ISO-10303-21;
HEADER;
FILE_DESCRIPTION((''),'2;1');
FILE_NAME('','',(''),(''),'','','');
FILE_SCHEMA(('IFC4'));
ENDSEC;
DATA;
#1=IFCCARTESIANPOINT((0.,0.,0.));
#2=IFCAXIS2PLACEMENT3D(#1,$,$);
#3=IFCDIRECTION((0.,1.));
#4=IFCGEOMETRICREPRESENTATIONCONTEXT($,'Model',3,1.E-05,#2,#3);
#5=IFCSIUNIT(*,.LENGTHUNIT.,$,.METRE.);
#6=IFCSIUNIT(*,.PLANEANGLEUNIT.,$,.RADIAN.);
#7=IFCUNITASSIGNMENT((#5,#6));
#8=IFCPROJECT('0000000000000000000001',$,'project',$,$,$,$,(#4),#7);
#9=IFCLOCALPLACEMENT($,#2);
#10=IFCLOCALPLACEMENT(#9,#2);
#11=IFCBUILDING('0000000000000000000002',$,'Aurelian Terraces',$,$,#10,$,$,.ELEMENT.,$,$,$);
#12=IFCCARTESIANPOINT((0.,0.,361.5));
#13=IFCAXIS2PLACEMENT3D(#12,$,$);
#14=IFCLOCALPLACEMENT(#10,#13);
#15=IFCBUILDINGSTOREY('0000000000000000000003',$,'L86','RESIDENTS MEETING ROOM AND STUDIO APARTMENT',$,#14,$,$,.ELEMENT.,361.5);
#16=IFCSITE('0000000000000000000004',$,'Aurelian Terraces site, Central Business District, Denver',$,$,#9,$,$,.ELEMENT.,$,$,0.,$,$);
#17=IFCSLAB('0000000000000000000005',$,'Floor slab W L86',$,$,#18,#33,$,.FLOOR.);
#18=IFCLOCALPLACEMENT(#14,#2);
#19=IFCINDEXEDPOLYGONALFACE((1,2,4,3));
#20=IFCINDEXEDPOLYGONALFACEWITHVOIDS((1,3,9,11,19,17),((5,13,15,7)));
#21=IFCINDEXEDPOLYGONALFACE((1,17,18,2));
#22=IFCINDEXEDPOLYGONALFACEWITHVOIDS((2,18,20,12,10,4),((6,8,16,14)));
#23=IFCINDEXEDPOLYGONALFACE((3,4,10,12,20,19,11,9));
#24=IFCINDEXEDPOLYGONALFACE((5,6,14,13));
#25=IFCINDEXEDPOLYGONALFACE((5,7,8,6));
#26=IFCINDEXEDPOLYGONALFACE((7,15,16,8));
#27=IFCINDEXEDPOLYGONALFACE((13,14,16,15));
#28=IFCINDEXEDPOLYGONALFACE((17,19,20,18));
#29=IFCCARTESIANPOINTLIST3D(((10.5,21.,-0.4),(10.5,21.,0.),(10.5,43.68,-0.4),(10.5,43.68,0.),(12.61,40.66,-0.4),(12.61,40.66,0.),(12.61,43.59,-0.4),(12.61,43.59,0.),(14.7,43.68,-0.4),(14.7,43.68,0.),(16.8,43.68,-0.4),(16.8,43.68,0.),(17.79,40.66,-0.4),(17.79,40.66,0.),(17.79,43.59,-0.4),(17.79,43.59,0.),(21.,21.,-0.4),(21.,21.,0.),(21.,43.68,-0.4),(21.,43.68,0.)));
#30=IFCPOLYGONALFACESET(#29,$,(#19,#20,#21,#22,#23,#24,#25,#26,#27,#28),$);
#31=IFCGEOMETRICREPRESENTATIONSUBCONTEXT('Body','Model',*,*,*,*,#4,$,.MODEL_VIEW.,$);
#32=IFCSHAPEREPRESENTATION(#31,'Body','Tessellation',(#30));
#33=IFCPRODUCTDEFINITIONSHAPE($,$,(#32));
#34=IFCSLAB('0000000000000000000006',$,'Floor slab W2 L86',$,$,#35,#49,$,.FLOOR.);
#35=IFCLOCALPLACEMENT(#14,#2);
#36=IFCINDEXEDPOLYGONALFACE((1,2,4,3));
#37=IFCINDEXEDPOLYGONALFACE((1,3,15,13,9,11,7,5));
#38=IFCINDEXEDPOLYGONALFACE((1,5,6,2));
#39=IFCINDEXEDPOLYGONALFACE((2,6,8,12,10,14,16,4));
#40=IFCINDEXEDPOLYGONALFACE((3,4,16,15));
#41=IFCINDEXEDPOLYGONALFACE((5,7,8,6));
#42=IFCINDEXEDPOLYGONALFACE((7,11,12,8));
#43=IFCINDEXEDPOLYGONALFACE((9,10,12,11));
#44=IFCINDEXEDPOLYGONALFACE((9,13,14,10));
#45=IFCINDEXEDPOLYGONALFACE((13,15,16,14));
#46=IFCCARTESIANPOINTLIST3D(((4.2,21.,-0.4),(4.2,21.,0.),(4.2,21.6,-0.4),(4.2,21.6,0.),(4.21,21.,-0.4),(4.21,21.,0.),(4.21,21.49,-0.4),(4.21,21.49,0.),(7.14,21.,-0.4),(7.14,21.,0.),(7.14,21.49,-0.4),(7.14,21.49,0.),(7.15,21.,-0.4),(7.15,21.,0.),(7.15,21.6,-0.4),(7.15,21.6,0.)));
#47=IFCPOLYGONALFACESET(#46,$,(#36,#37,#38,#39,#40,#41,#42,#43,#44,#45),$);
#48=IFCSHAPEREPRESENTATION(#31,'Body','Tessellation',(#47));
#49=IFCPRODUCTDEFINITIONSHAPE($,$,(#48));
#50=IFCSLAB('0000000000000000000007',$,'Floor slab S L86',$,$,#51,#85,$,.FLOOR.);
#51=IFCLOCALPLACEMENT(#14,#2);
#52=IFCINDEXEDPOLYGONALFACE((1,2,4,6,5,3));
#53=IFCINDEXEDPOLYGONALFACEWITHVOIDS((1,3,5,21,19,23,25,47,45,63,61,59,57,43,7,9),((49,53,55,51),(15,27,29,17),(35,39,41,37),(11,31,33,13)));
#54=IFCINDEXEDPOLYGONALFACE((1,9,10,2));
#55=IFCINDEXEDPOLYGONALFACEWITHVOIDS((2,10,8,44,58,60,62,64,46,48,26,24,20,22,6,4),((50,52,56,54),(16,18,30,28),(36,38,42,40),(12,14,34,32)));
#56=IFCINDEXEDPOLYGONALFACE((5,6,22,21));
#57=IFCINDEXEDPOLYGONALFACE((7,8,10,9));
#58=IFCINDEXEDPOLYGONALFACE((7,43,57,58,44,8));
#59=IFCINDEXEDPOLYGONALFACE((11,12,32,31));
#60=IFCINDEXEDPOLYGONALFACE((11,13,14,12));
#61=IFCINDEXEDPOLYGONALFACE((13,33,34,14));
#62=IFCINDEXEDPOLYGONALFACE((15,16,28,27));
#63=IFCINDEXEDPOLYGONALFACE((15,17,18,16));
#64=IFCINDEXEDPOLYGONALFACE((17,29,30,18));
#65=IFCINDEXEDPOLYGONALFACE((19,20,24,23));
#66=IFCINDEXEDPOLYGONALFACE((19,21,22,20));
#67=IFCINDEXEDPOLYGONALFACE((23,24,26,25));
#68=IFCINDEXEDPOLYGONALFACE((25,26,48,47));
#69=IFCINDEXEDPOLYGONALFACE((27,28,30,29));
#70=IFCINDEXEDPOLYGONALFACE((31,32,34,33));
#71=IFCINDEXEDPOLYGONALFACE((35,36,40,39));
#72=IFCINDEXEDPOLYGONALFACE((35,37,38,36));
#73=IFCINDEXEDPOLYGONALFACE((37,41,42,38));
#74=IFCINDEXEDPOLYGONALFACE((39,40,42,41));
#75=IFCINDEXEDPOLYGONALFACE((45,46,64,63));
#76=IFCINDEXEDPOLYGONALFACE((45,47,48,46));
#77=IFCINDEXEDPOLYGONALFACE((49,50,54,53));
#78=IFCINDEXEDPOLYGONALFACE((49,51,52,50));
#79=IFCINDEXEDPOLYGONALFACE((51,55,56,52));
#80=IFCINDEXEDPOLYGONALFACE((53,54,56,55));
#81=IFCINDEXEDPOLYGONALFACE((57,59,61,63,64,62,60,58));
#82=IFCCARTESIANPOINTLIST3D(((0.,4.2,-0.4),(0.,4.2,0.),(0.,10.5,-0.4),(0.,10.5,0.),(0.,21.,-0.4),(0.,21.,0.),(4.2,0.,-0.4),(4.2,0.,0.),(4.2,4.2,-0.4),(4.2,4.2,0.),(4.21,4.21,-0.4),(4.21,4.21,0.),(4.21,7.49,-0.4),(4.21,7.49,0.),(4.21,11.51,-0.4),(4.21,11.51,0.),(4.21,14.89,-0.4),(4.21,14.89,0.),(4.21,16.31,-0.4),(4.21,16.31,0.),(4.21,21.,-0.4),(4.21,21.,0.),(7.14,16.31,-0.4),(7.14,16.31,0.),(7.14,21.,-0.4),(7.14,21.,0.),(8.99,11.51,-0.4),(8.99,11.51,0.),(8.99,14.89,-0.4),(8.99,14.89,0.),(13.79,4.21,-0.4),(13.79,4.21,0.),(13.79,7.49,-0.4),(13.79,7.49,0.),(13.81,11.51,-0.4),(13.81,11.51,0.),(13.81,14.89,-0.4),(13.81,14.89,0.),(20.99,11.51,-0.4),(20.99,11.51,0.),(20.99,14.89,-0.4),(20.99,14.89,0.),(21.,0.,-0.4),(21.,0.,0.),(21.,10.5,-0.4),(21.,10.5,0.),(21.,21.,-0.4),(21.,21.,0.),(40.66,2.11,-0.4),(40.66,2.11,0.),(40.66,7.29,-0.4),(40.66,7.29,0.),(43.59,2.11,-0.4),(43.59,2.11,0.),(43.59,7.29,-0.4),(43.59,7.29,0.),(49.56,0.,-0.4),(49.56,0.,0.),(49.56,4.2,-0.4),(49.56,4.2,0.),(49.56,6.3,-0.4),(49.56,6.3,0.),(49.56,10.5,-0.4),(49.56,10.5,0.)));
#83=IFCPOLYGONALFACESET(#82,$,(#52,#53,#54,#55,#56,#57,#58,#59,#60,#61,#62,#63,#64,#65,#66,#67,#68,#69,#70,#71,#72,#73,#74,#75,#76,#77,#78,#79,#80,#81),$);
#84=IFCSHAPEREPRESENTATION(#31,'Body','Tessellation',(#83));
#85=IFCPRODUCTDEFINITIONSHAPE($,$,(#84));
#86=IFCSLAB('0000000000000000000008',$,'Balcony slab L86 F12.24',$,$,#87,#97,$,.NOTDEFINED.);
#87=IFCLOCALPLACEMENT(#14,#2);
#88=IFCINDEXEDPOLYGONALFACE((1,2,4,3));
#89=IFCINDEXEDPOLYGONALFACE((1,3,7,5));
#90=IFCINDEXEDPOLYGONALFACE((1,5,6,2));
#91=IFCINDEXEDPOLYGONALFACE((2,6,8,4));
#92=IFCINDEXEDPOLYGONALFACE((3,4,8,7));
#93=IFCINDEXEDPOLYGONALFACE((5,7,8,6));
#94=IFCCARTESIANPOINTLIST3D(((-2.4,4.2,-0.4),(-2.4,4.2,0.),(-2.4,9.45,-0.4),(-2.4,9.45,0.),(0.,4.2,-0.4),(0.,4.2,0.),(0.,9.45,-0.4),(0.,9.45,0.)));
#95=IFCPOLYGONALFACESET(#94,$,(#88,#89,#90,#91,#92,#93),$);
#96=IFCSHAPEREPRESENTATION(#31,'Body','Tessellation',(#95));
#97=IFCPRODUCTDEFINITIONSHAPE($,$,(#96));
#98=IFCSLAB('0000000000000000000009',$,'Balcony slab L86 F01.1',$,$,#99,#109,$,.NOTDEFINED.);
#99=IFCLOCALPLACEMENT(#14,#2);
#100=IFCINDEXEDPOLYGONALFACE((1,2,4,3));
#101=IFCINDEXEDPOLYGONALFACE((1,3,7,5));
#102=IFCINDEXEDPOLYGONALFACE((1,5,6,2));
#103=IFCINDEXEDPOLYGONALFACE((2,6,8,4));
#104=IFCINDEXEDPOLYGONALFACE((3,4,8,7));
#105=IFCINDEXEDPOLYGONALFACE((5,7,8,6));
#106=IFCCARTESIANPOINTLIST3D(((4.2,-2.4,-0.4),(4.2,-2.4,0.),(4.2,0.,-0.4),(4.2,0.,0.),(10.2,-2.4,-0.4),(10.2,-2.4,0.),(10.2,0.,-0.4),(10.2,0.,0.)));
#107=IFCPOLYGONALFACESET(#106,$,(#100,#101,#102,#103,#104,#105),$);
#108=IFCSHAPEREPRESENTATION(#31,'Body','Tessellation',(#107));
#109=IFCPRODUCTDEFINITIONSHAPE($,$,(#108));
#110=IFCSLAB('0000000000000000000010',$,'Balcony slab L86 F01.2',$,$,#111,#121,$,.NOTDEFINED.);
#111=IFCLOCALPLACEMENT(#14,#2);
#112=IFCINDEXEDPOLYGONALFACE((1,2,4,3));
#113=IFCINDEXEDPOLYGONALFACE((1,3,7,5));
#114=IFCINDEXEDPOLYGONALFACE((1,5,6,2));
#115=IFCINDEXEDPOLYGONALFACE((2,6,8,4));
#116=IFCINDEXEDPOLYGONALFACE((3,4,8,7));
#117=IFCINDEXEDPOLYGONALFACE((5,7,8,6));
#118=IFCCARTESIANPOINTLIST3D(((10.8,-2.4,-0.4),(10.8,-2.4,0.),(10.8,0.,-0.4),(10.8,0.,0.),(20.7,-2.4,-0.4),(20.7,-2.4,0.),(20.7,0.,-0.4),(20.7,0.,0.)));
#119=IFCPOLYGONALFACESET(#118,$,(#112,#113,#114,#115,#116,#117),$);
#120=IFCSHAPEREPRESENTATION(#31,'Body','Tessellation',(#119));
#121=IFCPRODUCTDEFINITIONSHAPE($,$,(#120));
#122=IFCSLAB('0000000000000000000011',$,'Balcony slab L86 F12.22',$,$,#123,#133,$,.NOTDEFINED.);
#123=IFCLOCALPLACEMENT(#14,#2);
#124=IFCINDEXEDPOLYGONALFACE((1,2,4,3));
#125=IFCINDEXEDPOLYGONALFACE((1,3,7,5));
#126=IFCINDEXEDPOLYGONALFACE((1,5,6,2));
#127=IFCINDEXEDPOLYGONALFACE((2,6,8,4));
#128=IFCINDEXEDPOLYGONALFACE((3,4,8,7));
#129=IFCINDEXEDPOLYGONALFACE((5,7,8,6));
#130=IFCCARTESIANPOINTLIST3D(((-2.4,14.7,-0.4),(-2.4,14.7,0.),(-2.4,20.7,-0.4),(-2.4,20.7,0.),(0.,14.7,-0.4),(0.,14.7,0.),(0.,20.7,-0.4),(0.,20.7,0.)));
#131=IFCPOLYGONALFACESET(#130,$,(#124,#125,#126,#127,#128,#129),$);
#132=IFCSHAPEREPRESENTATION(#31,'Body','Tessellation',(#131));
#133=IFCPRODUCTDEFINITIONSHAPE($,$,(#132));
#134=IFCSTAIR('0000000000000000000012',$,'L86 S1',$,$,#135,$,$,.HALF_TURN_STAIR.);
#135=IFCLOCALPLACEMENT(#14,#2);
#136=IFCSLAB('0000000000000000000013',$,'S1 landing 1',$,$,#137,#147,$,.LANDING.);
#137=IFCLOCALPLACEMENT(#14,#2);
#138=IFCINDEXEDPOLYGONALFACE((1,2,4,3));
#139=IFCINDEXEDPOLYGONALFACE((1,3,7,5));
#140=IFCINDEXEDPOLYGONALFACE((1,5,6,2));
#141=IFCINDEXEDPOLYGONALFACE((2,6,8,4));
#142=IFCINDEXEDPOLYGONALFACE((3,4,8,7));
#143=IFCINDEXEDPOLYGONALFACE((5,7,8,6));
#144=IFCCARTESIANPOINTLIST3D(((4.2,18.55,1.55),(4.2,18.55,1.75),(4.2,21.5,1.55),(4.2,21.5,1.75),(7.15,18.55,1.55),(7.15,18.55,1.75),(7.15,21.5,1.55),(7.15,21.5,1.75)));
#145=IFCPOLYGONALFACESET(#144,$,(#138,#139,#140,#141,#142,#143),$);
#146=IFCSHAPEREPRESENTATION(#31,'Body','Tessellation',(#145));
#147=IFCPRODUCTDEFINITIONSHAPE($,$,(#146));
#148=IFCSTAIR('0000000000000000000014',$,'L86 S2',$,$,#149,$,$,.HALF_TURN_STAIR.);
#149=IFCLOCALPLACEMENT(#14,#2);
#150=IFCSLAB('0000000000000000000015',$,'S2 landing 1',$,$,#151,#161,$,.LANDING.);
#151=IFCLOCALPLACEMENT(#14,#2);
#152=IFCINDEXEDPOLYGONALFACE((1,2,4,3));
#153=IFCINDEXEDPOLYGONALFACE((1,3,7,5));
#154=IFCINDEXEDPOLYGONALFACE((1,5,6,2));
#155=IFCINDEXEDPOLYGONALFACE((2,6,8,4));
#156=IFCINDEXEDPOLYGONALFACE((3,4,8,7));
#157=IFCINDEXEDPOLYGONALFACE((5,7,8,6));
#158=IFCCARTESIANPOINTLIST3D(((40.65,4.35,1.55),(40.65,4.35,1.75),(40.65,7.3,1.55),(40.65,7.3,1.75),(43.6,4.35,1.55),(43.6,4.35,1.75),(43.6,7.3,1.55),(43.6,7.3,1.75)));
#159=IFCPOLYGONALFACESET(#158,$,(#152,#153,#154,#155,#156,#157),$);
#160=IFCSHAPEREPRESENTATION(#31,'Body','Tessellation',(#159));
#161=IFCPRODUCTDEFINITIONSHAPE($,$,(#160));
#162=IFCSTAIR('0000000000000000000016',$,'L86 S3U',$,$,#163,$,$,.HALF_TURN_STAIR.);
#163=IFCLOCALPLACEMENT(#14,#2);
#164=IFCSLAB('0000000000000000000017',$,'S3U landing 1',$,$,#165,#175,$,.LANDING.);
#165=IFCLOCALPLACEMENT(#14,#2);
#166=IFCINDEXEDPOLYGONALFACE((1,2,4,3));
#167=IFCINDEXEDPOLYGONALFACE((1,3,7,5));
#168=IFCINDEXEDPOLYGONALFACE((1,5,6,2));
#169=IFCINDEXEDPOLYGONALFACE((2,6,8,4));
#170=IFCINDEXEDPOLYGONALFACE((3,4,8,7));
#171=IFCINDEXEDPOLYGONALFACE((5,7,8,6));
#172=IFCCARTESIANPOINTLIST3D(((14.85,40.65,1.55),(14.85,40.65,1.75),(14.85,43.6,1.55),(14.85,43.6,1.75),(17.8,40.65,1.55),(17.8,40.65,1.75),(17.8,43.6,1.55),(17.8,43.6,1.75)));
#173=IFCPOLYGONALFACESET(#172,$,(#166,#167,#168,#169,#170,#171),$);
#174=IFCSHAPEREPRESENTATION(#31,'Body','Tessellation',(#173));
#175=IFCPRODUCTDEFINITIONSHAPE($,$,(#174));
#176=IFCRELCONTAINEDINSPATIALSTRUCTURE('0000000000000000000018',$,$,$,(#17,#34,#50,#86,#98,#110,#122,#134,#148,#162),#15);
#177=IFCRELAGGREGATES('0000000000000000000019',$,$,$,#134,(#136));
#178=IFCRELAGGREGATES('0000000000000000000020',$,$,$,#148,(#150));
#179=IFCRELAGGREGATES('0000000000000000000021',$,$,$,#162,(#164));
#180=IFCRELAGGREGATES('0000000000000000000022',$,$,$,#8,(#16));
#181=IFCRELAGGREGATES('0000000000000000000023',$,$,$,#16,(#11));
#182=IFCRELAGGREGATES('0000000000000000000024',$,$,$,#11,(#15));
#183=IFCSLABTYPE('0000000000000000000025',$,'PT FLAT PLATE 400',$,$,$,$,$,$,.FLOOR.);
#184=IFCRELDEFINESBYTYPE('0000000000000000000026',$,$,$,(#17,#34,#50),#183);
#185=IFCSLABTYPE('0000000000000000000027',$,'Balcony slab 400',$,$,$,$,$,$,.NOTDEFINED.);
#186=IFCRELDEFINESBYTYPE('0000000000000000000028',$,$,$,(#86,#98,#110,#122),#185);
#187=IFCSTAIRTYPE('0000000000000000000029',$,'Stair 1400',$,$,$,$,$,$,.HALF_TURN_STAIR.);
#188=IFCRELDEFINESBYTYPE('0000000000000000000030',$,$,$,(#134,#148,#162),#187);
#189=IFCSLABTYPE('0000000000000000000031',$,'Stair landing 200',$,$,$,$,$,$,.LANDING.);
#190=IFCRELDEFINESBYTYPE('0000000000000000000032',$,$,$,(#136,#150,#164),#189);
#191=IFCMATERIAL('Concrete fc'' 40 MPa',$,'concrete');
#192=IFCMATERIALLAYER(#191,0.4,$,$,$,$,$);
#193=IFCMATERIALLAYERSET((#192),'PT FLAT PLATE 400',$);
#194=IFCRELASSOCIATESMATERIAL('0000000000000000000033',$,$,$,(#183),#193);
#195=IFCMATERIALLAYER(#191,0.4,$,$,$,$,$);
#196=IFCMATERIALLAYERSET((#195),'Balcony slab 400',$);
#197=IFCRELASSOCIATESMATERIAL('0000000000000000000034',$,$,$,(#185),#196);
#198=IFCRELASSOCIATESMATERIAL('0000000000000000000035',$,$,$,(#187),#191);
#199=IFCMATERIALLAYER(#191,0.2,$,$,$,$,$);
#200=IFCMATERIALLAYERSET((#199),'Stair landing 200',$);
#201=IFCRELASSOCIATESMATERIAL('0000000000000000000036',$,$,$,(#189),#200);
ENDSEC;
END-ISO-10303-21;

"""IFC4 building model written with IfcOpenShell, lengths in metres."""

from ifc_helpers import new_model, si_unit, direction, frame, origin, place, context, subcontext, project, spatial, polyline, outline, extrude, source, transform, mapped, material, layer, layer_set, type_object, element, aggregate, save


model = new_model("IFC4")

# Units and contexts
model_context = context("Model", 3, precision=1e-05, world=origin(), true_north=direction((0.0, 1.0)))
body_context = subcontext(model_context, "Body", "Model", "MODEL_VIEW")
ifc_project = project(units=[si_unit("LENGTHUNIT", "METRE"), si_unit("PLANEANGLEUNIT", "RADIAN")], contexts=[model_context])

# Site, building, storey
site_placement = place(None, origin())
site = spatial("IfcSite", under=ifc_project, at=site_placement, Name="Aurelian Terraces site, Central Business District, Denver", CompositionType="ELEMENT", RefElevation=0.0)
building_placement = place(site_placement, origin())
building = spatial("IfcBuilding", under=site, at=building_placement, Name="Aurelian Terraces", CompositionType="ELEMENT")
storey_placement = place(building_placement, frame((0.0, 0.0, 361.5)))
storey = spatial("IfcBuildingStorey", under=building, at=storey_placement, Name="L86", Description="RESIDENTS MEETING ROOM AND STUDIO APARTMENT", CompositionType="ELEMENT", Elevation=361.5)

# Slabs
ifc_material_1 = material(Name="Concrete fc' 40 MPa", Category="concrete")
ifc_layer_1 = layer(ifc_material_1, 0.4)
ifc_layer_set_1 = layer_set([ifc_layer_1], Name="PT FLAT PLATE 400")
slab_type_1 = type_object("IfcSlabType", Name="PT FLAT PLATE 400", PredefinedType="FLOOR", material=ifc_layer_set_1)
shared_shape_1 = source(origin(), body_context, "Body", "SweptSolid", [
    extrude(outline(polyline([(10.5, 43.68), (14.7, 43.68), (16.8, 43.68), (21.0, 43.68), (21.0, 21.0), (10.5, 21.0), (10.5, 43.68)]), holes=[polyline([(17.79, 43.59), (12.61, 43.59), (12.61, 40.66), (17.79, 40.66), (17.79, 43.59)])]), origin(), (0.0, 0.0, 1.0), 0.4),
])
slab_1_placement = place(storey_placement, frame((0.0, 0.0, -0.4)))
element("IfcSlab", 1, at=slab_1_placement, inside=storey, type_object=slab_type_1, Name="Floor slab W L86", PredefinedType="FLOOR", context=body_context, shape_type="MappedRepresentation", body=[
    mapped(shared_shape_1, transform((0.0, 0.0, 0.0), scale=1.0)),
])
shared_shape_2 = source(origin(), body_context, "Body", "SweptSolid", [
    extrude(outline(polyline([(4.2, 21.0), (4.2, 21.6), (7.15, 21.6), (7.15, 21.0), (7.14, 21.0), (7.14, 21.49), (4.21, 21.49), (4.21, 21.0), (4.2, 21.0)])), origin(), (0.0, 0.0, 1.0), 0.4),
])
slab_2_placement = place(storey_placement, frame((0.0, 0.0, -0.4)))
element("IfcSlab", 2, at=slab_2_placement, inside=storey, type_object=slab_type_1, Name="Floor slab W2 L86", PredefinedType="FLOOR", context=body_context, shape_type="MappedRepresentation", body=[
    mapped(shared_shape_2, transform((0.0, 0.0, 0.0), scale=1.0)),
])
shared_shape_3 = source(origin(), body_context, "Body", "SweptSolid", [
    extrude(outline(polyline([(21.0, 0.0), (4.2, 0.0), (4.2, 4.2), (0.0, 4.2), (0.0, 10.5), (0.0, 21.0), (4.21, 21.0), (4.21, 16.31), (7.14, 16.31), (7.14, 21.0), (21.0, 21.0), (21.0, 10.5), (49.56, 10.5), (49.56, 6.3), (49.56, 4.2), (49.56, 0.0), (21.0, 0.0)]), holes=[polyline([(40.66, 2.11), (43.59, 2.11), (43.59, 7.29), (40.66, 7.29), (40.66, 2.11)]), polyline([(13.81, 14.89), (13.81, 11.51), (20.99, 11.51), (20.99, 14.89), (13.81, 14.89)]), polyline([(4.21, 7.49), (4.21, 4.21), (13.79, 4.21), (13.79, 7.49), (4.21, 7.49)]), polyline([(8.99, 11.51), (8.99, 14.89), (4.21, 14.89), (4.21, 11.51), (8.99, 11.51)])]), origin(), (0.0, 0.0, 1.0), 0.4),
])
slab_3_placement = place(storey_placement, frame((0.0, 0.0, -0.4)))
element("IfcSlab", 3, at=slab_3_placement, inside=storey, type_object=slab_type_1, Name="Floor slab S L86", PredefinedType="FLOOR", context=body_context, shape_type="MappedRepresentation", body=[
    mapped(shared_shape_3, transform((0.0, 0.0, 0.0), scale=1.0)),
])
ifc_layer_2 = layer(ifc_material_1, 0.4)
ifc_layer_set_2 = layer_set([ifc_layer_2], Name="Balcony slab 400")
slab_type_2 = type_object("IfcSlabType", Name="Balcony slab 400", PredefinedType="NOTDEFINED", material=ifc_layer_set_2)
shared_shape_4 = source(origin(), body_context, "Body", "SweptSolid", [
    extrude(outline(polyline([(0.0, 9.45), (0.0, 4.2), (-2.4, 4.2), (-2.4, 9.45), (0.0, 9.45)])), origin(), (0.0, 0.0, 1.0), 0.4),
])
slab_4_placement = place(storey_placement, frame((0.0, 0.0, -0.4)))
element("IfcSlab", 4, at=slab_4_placement, inside=storey, type_object=slab_type_2, Name="Balcony slab L86 F12.24", PredefinedType="NOTDEFINED", context=body_context, shape_type="MappedRepresentation", body=[
    mapped(shared_shape_4, transform((0.0, 0.0, 0.0), scale=1.0)),
])
shared_shape_5 = source(origin(), body_context, "Body", "SweptSolid", [
    extrude(outline(polyline([(4.2, 0.0), (10.2, 0.0), (10.2, -2.4), (4.2, -2.4), (4.2, 0.0)])), origin(), (0.0, 0.0, 1.0), 0.4),
])
slab_5_placement = place(storey_placement, frame((0.0, 0.0, -0.4)))
element("IfcSlab", 5, at=slab_5_placement, inside=storey, type_object=slab_type_2, Name="Balcony slab L86 F01.1", PredefinedType="NOTDEFINED", context=body_context, shape_type="MappedRepresentation", body=[
    mapped(shared_shape_5, transform((0.0, 0.0, 0.0), scale=1.0)),
])
shared_shape_6 = source(origin(), body_context, "Body", "SweptSolid", [
    extrude(outline(polyline([(10.8, 0.0), (20.7, 0.0), (20.7, -2.4), (10.8, -2.4), (10.8, 0.0)])), origin(), (0.0, 0.0, 1.0), 0.4),
])
slab_6_placement = place(storey_placement, frame((0.0, 0.0, -0.4)))
element("IfcSlab", 6, at=slab_6_placement, inside=storey, type_object=slab_type_2, Name="Balcony slab L86 F01.2", PredefinedType="NOTDEFINED", context=body_context, shape_type="MappedRepresentation", body=[
    mapped(shared_shape_6, transform((0.0, 0.0, 0.0), scale=1.0)),
])
shared_shape_7 = source(origin(), body_context, "Body", "SweptSolid", [
    extrude(outline(polyline([(0.0, 20.7), (0.0, 14.7), (-2.4, 14.7), (-2.4, 20.7), (0.0, 20.7)])), origin(), (0.0, 0.0, 1.0), 0.4),
])
slab_7_placement = place(storey_placement, frame((0.0, 0.0, -0.4)))
element("IfcSlab", 7, at=slab_7_placement, inside=storey, type_object=slab_type_2, Name="Balcony slab L86 F12.22", PredefinedType="NOTDEFINED", context=body_context, shape_type="MappedRepresentation", body=[
    mapped(shared_shape_7, transform((0.0, 0.0, 0.0), scale=1.0)),
])

# Stairs, slabs
stair_type = type_object("IfcStairType", Name="Stair 1400", PredefinedType="HALF_TURN_STAIR", material=ifc_material_1)
stair_1_placement = place(storey_placement, origin())
stair_1 = element("IfcStair", 8, at=stair_1_placement, inside=storey, type_object=stair_type, Name="L86 S1", PredefinedType="HALF_TURN_STAIR")
ifc_layer_3 = layer(ifc_material_1, 0.2)
ifc_layer_set_3 = layer_set([ifc_layer_3], Name="Stair landing 200")
slab_type_3 = type_object("IfcSlabType", Name="Stair landing 200", PredefinedType="LANDING", material=ifc_layer_set_3)
shared_shape_8 = source(origin(), body_context, "Body", "SweptSolid", [
    extrude(outline(polyline([(7.15, 18.55), (7.15, 21.5), (4.2, 21.5), (4.2, 18.55), (7.15, 18.55)])), origin(), (0.0, 0.0, 1.0), 0.2),
])
slab_8_placement = place(storey_placement, frame((0.0, 0.0, 1.55)))
slab_8 = element("IfcSlab", 9, at=slab_8_placement, type_object=slab_type_3, Name="S1 landing 1", PredefinedType="LANDING", context=body_context, shape_type="MappedRepresentation", body=[
    mapped(shared_shape_8, transform((0.0, 0.0, 0.0), scale=1.0)),
])
aggregate(stair_1, [slab_8])
stair_2_placement = place(storey_placement, origin())
stair_2 = element("IfcStair", 10, at=stair_2_placement, inside=storey, type_object=stair_type, Name="L86 S2", PredefinedType="HALF_TURN_STAIR")
shared_shape_9 = source(origin(), body_context, "Body", "SweptSolid", [
    extrude(outline(polyline([(43.6, 4.35), (43.6, 7.3), (40.65, 7.3), (40.65, 4.35), (43.6, 4.35)])), origin(), (0.0, 0.0, 1.0), 0.2),
])
slab_9_placement = place(storey_placement, frame((0.0, 0.0, 1.55)))
slab_9 = element("IfcSlab", 11, at=slab_9_placement, type_object=slab_type_3, Name="S2 landing 1", PredefinedType="LANDING", context=body_context, shape_type="MappedRepresentation", body=[
    mapped(shared_shape_9, transform((0.0, 0.0, 0.0), scale=1.0)),
])
aggregate(stair_2, [slab_9])
stair_3_placement = place(storey_placement, origin())
stair_3 = element("IfcStair", 12, at=stair_3_placement, inside=storey, type_object=stair_type, Name="L86 S3U", PredefinedType="HALF_TURN_STAIR")
shared_shape_10 = source(origin(), body_context, "Body", "SweptSolid", [
    extrude(outline(polyline([(14.85, 40.65), (17.8, 40.65), (17.8, 43.6), (14.85, 43.6), (14.85, 40.65)])), origin(), (0.0, 0.0, 1.0), 0.2),
])
slab_10_placement = place(storey_placement, frame((0.0, 0.0, 1.55)))
slab_10 = element("IfcSlab", 13, at=slab_10_placement, type_object=slab_type_3, Name="S3U landing 1", PredefinedType="LANDING", context=body_context, shape_type="MappedRepresentation", body=[
    mapped(shared_shape_10, transform((0.0, 0.0, 0.0), scale=1.0)),
])
aggregate(stair_3, [slab_10])

save(model, "model.ifc")
